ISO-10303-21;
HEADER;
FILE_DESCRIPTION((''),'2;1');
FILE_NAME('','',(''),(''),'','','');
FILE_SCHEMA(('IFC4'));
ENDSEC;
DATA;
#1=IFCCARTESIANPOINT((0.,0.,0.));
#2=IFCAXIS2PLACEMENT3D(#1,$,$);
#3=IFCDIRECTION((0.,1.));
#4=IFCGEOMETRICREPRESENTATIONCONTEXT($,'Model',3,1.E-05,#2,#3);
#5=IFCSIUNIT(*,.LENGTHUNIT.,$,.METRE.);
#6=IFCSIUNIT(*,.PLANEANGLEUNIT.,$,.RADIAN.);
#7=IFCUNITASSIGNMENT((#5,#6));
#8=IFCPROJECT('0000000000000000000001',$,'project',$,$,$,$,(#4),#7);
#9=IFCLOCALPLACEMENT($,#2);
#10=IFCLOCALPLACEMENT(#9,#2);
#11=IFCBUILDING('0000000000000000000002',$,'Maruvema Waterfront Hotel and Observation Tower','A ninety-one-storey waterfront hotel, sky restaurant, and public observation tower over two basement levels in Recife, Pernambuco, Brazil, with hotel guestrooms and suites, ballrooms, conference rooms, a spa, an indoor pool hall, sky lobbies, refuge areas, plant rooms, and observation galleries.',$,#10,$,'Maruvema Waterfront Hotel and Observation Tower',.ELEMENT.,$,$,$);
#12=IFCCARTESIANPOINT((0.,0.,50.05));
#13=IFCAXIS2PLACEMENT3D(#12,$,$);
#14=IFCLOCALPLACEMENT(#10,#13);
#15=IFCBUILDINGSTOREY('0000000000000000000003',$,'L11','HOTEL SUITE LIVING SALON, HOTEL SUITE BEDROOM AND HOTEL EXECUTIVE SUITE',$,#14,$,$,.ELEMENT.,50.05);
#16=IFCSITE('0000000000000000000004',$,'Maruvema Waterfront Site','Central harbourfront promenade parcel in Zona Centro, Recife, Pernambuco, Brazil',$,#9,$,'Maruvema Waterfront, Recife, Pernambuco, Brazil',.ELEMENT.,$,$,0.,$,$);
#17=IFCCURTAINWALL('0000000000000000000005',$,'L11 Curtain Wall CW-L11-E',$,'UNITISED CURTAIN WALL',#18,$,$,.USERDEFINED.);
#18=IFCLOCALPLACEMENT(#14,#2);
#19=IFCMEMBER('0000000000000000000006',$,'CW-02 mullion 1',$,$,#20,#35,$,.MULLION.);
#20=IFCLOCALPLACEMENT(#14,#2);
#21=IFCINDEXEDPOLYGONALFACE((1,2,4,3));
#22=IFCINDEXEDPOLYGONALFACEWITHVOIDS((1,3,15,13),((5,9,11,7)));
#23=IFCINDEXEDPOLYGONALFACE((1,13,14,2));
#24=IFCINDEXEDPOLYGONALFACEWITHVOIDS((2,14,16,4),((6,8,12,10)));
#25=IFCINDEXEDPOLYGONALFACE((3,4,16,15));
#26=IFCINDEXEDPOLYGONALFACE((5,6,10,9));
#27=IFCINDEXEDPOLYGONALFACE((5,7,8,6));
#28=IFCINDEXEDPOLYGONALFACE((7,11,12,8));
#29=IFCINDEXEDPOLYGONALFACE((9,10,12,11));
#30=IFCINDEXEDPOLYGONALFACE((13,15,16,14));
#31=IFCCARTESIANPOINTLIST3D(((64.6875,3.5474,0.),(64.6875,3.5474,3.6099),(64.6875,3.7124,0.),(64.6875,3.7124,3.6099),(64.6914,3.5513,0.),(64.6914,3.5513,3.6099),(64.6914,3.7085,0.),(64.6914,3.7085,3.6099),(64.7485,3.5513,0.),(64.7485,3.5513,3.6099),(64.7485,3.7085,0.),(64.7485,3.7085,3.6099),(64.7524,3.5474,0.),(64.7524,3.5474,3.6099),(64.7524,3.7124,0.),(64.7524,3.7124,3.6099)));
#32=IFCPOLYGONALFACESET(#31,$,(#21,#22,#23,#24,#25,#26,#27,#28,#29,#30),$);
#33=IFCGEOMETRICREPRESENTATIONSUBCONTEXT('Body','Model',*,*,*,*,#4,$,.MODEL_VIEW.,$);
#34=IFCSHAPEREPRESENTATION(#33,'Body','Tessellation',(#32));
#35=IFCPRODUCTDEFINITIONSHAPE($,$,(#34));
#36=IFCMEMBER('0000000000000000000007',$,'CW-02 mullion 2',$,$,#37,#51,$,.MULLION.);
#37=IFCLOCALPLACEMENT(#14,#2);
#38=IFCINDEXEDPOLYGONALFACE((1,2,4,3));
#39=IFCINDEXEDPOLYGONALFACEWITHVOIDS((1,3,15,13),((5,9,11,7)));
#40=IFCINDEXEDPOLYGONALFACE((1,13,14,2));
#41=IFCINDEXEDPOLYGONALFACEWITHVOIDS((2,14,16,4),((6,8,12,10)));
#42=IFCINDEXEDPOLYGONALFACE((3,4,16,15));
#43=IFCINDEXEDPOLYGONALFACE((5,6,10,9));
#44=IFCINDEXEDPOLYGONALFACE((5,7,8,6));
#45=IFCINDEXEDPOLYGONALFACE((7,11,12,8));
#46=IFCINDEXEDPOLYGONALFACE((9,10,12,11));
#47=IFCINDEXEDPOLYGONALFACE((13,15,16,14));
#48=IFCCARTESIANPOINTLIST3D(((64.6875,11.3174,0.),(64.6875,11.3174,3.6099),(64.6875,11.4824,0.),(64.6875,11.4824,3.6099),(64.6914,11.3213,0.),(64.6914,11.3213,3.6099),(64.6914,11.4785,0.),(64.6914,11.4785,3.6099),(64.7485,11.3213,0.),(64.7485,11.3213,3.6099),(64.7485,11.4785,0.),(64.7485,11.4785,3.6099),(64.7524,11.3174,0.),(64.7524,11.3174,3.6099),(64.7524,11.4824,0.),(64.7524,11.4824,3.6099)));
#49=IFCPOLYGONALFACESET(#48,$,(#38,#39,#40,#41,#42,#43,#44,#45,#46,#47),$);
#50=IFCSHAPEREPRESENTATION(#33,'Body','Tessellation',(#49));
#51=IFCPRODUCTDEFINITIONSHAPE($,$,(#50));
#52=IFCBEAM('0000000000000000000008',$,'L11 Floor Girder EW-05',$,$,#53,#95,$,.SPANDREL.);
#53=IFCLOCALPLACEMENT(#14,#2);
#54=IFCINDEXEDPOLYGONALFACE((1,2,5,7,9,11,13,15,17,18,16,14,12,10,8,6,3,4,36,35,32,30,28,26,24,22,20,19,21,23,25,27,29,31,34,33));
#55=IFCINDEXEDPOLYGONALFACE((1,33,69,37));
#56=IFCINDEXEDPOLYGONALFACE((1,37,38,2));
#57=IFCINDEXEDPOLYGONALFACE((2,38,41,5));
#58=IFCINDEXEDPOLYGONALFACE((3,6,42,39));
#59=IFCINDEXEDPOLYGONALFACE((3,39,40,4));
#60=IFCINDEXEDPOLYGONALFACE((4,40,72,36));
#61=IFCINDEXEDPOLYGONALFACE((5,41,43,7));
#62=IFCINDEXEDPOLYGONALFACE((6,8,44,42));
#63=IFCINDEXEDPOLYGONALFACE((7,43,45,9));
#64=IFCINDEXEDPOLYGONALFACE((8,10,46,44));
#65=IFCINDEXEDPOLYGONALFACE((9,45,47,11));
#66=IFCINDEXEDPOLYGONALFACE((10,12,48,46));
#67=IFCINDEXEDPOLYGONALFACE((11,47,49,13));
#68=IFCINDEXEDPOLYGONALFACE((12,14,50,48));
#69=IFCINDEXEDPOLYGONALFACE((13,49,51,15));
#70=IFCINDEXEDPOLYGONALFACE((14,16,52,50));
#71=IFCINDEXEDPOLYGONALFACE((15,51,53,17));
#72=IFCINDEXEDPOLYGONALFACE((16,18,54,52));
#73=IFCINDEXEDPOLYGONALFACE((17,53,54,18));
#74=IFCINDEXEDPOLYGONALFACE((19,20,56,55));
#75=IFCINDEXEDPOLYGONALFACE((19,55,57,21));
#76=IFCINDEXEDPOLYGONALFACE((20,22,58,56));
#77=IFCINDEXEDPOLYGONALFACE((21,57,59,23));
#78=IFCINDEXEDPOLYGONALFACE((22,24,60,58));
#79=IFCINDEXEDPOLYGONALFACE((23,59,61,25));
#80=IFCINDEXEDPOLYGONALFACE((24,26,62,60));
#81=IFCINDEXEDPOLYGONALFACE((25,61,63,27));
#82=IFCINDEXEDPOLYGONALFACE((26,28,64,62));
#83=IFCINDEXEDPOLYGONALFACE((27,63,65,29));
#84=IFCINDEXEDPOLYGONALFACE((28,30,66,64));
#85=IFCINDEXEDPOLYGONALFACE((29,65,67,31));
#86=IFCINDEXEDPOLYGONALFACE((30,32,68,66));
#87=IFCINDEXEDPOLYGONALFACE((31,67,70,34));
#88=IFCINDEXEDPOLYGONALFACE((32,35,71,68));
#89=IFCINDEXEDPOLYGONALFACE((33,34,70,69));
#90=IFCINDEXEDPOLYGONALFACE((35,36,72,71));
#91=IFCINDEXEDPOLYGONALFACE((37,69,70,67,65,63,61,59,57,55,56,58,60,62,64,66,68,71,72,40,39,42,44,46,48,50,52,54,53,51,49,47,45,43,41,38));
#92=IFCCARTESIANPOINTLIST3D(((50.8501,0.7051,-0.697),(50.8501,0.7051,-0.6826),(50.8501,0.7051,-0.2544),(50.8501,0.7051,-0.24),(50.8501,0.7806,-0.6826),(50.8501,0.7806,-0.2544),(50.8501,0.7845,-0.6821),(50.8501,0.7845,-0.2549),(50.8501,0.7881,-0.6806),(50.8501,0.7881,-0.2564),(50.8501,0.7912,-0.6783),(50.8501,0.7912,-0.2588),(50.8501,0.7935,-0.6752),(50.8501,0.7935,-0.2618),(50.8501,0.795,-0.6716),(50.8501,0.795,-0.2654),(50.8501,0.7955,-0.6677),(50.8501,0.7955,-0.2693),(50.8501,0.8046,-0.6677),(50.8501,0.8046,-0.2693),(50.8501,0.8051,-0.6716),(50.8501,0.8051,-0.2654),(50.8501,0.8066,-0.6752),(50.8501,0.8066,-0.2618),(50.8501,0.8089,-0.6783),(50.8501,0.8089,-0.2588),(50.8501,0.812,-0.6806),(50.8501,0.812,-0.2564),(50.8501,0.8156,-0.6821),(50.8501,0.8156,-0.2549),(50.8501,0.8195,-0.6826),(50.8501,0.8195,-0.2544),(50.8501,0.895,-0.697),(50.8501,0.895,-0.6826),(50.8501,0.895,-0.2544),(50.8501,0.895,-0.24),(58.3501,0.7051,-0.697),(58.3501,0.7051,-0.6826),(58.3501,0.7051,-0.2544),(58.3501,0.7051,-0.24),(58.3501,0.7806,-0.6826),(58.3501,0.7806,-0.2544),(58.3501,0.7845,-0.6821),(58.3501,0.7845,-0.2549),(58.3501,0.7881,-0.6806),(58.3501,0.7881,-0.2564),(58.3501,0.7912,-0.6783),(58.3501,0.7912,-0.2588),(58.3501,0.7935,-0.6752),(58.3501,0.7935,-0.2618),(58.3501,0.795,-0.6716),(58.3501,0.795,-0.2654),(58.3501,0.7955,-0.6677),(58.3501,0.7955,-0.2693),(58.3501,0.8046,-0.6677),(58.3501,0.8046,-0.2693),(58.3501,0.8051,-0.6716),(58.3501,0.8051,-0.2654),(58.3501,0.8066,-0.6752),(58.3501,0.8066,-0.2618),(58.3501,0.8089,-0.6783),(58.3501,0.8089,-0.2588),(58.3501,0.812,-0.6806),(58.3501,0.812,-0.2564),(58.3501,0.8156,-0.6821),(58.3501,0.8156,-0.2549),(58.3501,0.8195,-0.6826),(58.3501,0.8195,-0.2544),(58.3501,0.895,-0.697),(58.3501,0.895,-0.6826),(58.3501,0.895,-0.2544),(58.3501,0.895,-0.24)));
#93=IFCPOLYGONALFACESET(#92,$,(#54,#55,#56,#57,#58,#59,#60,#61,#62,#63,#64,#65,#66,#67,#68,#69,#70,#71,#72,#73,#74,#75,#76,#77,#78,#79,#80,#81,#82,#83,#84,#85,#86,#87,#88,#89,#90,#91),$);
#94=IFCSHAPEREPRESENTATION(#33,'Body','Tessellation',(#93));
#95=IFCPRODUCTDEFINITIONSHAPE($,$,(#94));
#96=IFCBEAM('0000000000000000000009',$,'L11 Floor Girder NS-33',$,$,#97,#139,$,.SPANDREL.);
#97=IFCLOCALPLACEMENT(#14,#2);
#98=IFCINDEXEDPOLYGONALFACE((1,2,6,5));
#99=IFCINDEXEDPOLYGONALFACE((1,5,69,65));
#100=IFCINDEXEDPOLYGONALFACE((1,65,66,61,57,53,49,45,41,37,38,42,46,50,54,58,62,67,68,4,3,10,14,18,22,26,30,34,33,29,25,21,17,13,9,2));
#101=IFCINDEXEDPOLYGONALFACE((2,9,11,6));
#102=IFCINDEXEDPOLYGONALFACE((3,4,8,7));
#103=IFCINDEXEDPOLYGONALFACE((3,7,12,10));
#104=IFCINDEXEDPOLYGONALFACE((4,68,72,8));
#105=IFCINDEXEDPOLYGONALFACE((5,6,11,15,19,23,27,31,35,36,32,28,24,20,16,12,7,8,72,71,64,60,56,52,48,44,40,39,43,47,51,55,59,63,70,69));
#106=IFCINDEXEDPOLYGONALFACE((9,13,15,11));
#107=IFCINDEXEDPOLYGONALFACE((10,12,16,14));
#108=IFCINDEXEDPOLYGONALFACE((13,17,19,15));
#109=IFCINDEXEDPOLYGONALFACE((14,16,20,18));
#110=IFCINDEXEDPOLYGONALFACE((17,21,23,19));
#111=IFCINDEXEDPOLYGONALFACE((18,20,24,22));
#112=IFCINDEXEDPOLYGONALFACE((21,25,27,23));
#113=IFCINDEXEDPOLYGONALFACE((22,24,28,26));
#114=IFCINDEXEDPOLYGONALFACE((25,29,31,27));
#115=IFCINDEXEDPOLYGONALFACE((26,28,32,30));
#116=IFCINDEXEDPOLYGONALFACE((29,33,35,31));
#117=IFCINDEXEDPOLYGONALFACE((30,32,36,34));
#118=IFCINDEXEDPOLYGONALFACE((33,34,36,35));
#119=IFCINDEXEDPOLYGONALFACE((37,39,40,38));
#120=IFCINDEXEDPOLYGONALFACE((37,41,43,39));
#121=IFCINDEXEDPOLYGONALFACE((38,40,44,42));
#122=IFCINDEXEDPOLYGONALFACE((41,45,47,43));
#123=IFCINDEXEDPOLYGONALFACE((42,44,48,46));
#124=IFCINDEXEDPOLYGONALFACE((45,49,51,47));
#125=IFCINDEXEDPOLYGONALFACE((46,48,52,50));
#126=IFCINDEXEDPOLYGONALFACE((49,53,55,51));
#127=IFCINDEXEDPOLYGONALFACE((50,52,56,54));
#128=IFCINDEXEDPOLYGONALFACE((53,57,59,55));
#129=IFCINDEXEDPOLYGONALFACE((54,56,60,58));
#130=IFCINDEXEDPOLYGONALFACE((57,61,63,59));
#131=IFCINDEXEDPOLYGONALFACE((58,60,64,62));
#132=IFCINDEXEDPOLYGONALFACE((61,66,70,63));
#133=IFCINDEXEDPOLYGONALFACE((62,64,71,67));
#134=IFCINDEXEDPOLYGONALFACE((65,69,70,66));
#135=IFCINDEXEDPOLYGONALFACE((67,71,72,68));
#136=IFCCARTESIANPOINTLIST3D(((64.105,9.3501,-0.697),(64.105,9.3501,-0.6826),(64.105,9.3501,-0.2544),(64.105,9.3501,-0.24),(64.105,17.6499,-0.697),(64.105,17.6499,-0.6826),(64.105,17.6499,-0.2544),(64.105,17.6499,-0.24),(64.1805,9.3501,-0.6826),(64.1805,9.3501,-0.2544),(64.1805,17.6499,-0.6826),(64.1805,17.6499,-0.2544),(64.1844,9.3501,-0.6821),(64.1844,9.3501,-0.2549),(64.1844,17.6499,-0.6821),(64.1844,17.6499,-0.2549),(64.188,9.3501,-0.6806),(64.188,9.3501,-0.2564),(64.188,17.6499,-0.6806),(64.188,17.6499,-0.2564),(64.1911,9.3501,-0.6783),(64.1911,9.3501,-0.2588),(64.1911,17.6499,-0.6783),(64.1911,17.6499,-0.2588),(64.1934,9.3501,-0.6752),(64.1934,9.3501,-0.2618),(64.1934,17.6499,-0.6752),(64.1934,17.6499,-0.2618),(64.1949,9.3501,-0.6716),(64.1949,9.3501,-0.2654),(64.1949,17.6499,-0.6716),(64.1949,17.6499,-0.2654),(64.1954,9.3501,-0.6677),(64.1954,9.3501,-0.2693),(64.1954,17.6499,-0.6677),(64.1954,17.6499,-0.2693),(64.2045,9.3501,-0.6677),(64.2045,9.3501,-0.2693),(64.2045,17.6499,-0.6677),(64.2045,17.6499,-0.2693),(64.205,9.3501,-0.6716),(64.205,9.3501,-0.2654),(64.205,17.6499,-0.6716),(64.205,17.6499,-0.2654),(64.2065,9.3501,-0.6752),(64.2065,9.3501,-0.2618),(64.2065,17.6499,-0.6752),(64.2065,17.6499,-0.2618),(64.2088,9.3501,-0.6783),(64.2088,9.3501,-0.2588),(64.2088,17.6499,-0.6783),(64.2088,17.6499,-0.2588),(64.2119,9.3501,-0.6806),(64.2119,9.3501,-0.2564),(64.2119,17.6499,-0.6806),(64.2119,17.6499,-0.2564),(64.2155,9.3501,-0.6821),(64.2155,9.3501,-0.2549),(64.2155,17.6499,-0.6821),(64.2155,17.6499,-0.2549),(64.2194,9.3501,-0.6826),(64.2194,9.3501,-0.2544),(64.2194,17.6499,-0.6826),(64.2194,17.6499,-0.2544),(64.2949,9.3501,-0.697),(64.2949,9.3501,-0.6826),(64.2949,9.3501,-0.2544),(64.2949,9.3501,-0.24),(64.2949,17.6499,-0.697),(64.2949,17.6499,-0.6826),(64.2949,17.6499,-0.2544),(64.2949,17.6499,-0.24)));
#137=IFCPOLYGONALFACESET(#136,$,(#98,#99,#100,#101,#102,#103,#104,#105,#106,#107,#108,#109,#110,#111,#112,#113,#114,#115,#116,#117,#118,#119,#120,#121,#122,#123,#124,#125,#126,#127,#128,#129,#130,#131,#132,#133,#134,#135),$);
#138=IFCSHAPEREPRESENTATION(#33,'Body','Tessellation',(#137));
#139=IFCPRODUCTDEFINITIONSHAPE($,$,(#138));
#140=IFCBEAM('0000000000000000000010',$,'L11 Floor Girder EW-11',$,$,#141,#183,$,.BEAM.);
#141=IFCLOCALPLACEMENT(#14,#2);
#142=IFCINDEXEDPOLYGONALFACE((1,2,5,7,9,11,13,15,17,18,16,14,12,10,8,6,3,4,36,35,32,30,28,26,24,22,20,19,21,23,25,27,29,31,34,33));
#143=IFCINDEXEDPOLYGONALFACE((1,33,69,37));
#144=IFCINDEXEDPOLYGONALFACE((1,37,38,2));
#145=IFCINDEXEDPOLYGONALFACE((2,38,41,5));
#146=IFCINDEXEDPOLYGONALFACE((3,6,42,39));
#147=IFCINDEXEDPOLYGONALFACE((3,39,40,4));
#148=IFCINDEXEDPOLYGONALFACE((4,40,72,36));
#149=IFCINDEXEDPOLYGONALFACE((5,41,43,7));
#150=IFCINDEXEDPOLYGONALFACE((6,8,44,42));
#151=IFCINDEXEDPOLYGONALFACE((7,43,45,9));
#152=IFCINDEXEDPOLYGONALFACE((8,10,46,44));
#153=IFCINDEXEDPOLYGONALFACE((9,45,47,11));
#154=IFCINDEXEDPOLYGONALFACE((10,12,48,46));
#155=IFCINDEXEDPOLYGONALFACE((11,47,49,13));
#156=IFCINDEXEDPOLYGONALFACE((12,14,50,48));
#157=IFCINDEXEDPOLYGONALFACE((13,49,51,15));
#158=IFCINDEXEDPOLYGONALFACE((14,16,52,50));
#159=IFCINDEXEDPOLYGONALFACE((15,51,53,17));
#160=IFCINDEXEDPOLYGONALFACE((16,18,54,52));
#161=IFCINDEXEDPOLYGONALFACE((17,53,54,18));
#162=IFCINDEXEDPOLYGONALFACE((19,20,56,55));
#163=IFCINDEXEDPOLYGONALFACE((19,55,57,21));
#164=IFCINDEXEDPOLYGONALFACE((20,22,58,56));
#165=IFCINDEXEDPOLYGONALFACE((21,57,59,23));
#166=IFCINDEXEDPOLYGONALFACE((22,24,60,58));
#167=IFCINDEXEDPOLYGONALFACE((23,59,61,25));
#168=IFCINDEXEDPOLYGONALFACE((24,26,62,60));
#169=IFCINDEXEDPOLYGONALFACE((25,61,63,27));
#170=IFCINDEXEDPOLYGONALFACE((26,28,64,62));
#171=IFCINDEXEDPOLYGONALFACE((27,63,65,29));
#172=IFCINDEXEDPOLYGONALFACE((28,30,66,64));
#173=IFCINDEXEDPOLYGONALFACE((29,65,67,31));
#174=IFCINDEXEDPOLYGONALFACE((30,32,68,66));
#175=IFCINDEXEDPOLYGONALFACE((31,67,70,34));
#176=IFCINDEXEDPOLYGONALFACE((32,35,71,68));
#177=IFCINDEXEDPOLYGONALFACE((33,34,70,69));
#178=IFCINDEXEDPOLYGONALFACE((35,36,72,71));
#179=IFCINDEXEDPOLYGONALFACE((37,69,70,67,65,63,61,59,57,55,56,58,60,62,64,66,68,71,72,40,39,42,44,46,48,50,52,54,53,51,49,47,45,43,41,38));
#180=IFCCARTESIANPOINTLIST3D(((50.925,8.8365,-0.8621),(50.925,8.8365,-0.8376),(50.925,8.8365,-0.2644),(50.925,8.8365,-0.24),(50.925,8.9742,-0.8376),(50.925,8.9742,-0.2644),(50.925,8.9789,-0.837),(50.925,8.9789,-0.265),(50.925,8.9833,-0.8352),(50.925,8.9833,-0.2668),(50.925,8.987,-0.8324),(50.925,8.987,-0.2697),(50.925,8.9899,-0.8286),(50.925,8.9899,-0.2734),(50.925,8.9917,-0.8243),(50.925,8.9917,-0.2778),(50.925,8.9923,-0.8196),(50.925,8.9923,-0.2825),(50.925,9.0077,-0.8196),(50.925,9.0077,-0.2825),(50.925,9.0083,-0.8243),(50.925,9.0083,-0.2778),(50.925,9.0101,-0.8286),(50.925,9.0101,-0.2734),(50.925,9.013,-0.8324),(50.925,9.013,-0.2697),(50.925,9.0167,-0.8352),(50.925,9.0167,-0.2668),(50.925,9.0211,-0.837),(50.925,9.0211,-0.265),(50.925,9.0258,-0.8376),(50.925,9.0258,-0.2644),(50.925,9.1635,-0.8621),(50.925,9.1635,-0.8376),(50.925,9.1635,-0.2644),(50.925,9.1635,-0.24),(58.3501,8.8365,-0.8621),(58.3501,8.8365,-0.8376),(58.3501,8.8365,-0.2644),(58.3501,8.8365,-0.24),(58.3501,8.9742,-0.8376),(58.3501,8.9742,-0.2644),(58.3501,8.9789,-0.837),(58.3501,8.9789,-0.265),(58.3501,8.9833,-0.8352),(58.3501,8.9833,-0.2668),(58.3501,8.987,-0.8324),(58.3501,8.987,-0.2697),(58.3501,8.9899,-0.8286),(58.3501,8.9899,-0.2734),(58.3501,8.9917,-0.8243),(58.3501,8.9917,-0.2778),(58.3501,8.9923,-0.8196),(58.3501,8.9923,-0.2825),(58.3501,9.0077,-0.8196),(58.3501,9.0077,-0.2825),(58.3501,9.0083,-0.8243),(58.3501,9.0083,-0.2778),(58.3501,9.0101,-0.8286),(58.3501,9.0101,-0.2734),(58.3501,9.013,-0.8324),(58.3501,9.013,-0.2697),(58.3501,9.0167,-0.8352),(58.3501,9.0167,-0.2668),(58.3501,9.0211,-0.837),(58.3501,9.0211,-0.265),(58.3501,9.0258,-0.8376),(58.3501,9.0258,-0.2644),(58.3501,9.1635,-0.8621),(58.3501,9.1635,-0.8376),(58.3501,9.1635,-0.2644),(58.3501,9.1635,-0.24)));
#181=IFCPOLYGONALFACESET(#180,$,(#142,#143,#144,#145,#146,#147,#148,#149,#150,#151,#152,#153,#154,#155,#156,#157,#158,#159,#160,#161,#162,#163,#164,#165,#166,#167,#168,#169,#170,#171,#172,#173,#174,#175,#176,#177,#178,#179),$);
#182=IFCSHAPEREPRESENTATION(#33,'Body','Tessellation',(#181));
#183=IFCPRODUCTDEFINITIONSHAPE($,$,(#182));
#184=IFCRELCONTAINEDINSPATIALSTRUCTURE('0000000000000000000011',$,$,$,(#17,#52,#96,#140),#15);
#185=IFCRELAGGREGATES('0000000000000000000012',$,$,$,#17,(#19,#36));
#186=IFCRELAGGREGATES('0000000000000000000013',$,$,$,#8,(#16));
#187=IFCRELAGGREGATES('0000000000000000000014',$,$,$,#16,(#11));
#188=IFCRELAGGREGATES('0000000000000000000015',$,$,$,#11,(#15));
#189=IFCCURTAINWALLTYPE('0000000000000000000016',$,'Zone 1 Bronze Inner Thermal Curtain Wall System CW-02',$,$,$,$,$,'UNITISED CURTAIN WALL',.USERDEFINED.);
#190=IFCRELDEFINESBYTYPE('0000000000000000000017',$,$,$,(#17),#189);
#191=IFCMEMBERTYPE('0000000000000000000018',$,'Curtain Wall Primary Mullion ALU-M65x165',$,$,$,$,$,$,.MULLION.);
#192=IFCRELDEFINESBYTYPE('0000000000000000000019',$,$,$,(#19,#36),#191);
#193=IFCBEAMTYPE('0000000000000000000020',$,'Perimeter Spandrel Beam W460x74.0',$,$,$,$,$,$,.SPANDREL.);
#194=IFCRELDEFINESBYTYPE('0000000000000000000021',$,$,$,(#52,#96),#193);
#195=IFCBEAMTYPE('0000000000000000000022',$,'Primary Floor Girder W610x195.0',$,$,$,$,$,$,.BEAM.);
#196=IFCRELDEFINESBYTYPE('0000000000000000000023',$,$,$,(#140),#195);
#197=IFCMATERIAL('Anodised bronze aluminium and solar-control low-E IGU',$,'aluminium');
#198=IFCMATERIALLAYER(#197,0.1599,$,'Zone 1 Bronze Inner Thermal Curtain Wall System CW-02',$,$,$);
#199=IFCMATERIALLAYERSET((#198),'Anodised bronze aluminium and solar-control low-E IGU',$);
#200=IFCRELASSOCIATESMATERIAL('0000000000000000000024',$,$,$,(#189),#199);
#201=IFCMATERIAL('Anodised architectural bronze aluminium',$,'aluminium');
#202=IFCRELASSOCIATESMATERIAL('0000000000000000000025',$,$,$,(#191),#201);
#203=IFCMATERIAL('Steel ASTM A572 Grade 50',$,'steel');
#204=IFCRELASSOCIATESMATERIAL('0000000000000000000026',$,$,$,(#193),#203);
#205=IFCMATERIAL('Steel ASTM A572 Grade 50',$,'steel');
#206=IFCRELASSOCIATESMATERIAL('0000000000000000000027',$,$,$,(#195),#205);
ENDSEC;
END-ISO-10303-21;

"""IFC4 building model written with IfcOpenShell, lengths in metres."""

from ifc_helpers import new_model, si_unit, direction, frame, origin, origin_2d, place, context, subcontext, project, spatial, hollow_rectangle, i_section, extrude, material, layer, layer_set, material_profile, profile_set, type_object, element, aggregate, save


model = new_model("IFC4")

# Units and contexts
model_context = context("Model", 3, precision=1e-05, world=origin(), true_north=direction((0.0, 1.0)))
body_context = subcontext(model_context, "Body", "Model", "MODEL_VIEW")
ifc_project = project(units=[si_unit("LENGTHUNIT", "METRE"), si_unit("PLANEANGLEUNIT", "RADIAN")], contexts=[model_context])

# Site, building, storey
site_placement = place(None, origin())
site = spatial("IfcSite", under=ifc_project, at=site_placement, Name="Maruvema Waterfront Site", Description="Central harbourfront promenade parcel in Zona Centro, Recife, Pernambuco, Brazil", LongName="Maruvema Waterfront, Recife, Pernambuco, Brazil", CompositionType="ELEMENT", RefElevation=0.0)
building_placement = place(site_placement, origin())
building = spatial("IfcBuilding", under=site, at=building_placement, Name="Maruvema Waterfront Hotel and Observation Tower", Description="A ninety-one-storey waterfront hotel, sky restaurant, and public observation tower over two basement levels in Recife, Pernambuco, Brazil, with hotel guestrooms and suites, ballrooms, conference rooms, a spa, an indoor pool hall, sky lobbies, refuge areas, plant rooms, and observation galleries.", LongName="Maruvema Waterfront Hotel and Observation Tower", CompositionType="ELEMENT")
storey_placement = place(building_placement, frame((0.0, 0.0, 50.05)))
storey = spatial("IfcBuildingStorey", under=building, at=storey_placement, Name="L11", Description="HOTEL SUITE LIVING SALON, HOTEL SUITE BEDROOM AND HOTEL EXECUTIVE SUITE", CompositionType="ELEMENT", Elevation=50.05)

# Curtain wall
ifc_material_1 = material(Name="Anodised bronze aluminium and solar-control low-E IGU", Category="aluminium")
ifc_layer_1 = layer(ifc_material_1, 0.1599, Name="Zone 1 Bronze Inner Thermal Curtain Wall System CW-02")
ifc_layer_set_1 = layer_set([ifc_layer_1], Name="Anodised bronze aluminium and solar-control low-E IGU")
curtain_wall_type = type_object("IfcCurtainWallType", Name="Zone 1 Bronze Inner Thermal Curtain Wall System CW-02", ElementType="UNITISED CURTAIN WALL", PredefinedType="USERDEFINED", material=ifc_layer_set_1)
curtain_wall_1_placement = place(storey_placement, origin())
curtain_wall_1 = element("IfcCurtainWall", 1, at=curtain_wall_1_placement, inside=storey, type_object=curtain_wall_type, Name="L11 Curtain Wall CW-L11-E", ObjectType="UNITISED CURTAIN WALL", PredefinedType="USERDEFINED")

# Members
ifc_material_2 = material(Name="Anodised architectural bronze aluminium", Category="aluminium")
ifc_material_profile_1 = material_profile(ifc_material_2, hollow_rectangle(XDim=0.0649, YDim=0.165, WallThickness=0.0039, at=origin_2d()), Name="ALU-M65x165")
ifc_profile_set_1 = profile_set([ifc_material_profile_1], Name="Anodised architectural bronze aluminium")
member_type_1 = type_object("IfcMemberType", Name="Curtain Wall Primary Mullion ALU-M65x165", PredefinedType="MULLION", material=ifc_profile_set_1)
member_1_placement = place(storey_placement, frame((64.72, 3.6299, 0.0), z_axis=(0.0, 0.0, 1.0), x_axis=(-1.0, 0.0, 0.0)))
member_1 = element("IfcMember", 2, at=member_1_placement, type_object=member_type_1, Name="CW-02 mullion 1", PredefinedType="MULLION", context=body_context, shape_type="SweptSolid", body=[
    extrude(hollow_rectangle(XDim=0.0649, YDim=0.165, WallThickness=0.0039, at=origin_2d()), origin(), (0.0, 0.0, 1.0), 3.6099),
])
member_2_placement = place(storey_placement, frame((64.72, 11.3999, 0.0), z_axis=(0.0, 0.0, 1.0), x_axis=(-1.0, 0.0, 0.0)))
member_2 = element("IfcMember", 3, at=member_2_placement, type_object=member_type_1, Name="CW-02 mullion 2", PredefinedType="MULLION", context=body_context, shape_type="SweptSolid", body=[
    extrude(hollow_rectangle(XDim=0.0649, YDim=0.165, WallThickness=0.0039, at=origin_2d()), origin(), (0.0, 0.0, 1.0), 3.6099),
])

# Beams
ifc_material_3 = material(Name="Steel ASTM A572 Grade 50", Category="steel")
ifc_material_profile_2 = material_profile(ifc_material_3, i_section(OverallWidth=0.1899, OverallDepth=0.457, WebThickness=0.009, FlangeThickness=0.0144, FilletRadius=0.0149, at=origin_2d()), Name="W460x74.0")
ifc_profile_set_2 = profile_set([ifc_material_profile_2], Name="Steel ASTM A572 Grade 50")
beam_type_1 = type_object("IfcBeamType", Name="Perimeter Spandrel Beam W460x74.0", PredefinedType="SPANDREL", material=ifc_profile_set_2)
beam_1_placement = place(storey_placement, frame((50.8501, 0.8, -0.4685), z_axis=(1.0, 0.0, 0.0), x_axis=(0.0, 1.0, 0.0)))
element("IfcBeam", 4, at=beam_1_placement, inside=storey, type_object=beam_type_1, Name="L11 Floor Girder EW-05", PredefinedType="SPANDREL", context=body_context, shape_type="SweptSolid", body=[
    extrude(i_section(OverallWidth=0.1899, OverallDepth=0.457, WebThickness=0.009, FlangeThickness=0.0144, FilletRadius=0.0149, at=origin_2d()), origin(), (0.0, 0.0, 1.0), 7.5),
])
beam_2_placement = place(storey_placement, frame((64.2, 9.3501, -0.4685), z_axis=(0.0, 1.0, 0.0), x_axis=(-1.0, 0.0, 0.0)))
element("IfcBeam", 5, at=beam_2_placement, inside=storey, type_object=beam_type_1, Name="L11 Floor Girder NS-33", PredefinedType="SPANDREL", context=body_context, shape_type="SweptSolid", body=[
    extrude(i_section(OverallWidth=0.1899, OverallDepth=0.457, WebThickness=0.009, FlangeThickness=0.0144, FilletRadius=0.0149, at=origin_2d()), origin(), (0.0, 0.0, 1.0), 8.2998),
])
ifc_material_4 = material(Name="Steel ASTM A572 Grade 50", Category="steel")
ifc_material_profile_3 = material_profile(ifc_material_4, i_section(OverallWidth=0.3269, OverallDepth=0.6221, WebThickness=0.0154, FlangeThickness=0.0244, FilletRadius=0.0181, at=origin_2d()), Name="W610x195.0")
ifc_profile_set_3 = profile_set([ifc_material_profile_3], Name="Steel ASTM A572 Grade 50")
beam_type_2 = type_object("IfcBeamType", Name="Primary Floor Girder W610x195.0", PredefinedType="BEAM", material=ifc_profile_set_3)
beam_3_placement = place(storey_placement, frame((50.925, 9.0, -0.551), z_axis=(1.0, 0.0, 0.0), x_axis=(0.0, 1.0, 0.0)))
element("IfcBeam", 6, at=beam_3_placement, inside=storey, type_object=beam_type_2, Name="L11 Floor Girder EW-11", PredefinedType="BEAM", context=body_context, shape_type="SweptSolid", body=[
    extrude(i_section(OverallWidth=0.3269, OverallDepth=0.6221, WebThickness=0.0154, FlangeThickness=0.0244, FilletRadius=0.0181, at=origin_2d()), origin(), (0.0, 0.0, 1.0), 7.425),
])

aggregate(curtain_wall_1, [member_1, member_2])

save(model, "model.ifc")
